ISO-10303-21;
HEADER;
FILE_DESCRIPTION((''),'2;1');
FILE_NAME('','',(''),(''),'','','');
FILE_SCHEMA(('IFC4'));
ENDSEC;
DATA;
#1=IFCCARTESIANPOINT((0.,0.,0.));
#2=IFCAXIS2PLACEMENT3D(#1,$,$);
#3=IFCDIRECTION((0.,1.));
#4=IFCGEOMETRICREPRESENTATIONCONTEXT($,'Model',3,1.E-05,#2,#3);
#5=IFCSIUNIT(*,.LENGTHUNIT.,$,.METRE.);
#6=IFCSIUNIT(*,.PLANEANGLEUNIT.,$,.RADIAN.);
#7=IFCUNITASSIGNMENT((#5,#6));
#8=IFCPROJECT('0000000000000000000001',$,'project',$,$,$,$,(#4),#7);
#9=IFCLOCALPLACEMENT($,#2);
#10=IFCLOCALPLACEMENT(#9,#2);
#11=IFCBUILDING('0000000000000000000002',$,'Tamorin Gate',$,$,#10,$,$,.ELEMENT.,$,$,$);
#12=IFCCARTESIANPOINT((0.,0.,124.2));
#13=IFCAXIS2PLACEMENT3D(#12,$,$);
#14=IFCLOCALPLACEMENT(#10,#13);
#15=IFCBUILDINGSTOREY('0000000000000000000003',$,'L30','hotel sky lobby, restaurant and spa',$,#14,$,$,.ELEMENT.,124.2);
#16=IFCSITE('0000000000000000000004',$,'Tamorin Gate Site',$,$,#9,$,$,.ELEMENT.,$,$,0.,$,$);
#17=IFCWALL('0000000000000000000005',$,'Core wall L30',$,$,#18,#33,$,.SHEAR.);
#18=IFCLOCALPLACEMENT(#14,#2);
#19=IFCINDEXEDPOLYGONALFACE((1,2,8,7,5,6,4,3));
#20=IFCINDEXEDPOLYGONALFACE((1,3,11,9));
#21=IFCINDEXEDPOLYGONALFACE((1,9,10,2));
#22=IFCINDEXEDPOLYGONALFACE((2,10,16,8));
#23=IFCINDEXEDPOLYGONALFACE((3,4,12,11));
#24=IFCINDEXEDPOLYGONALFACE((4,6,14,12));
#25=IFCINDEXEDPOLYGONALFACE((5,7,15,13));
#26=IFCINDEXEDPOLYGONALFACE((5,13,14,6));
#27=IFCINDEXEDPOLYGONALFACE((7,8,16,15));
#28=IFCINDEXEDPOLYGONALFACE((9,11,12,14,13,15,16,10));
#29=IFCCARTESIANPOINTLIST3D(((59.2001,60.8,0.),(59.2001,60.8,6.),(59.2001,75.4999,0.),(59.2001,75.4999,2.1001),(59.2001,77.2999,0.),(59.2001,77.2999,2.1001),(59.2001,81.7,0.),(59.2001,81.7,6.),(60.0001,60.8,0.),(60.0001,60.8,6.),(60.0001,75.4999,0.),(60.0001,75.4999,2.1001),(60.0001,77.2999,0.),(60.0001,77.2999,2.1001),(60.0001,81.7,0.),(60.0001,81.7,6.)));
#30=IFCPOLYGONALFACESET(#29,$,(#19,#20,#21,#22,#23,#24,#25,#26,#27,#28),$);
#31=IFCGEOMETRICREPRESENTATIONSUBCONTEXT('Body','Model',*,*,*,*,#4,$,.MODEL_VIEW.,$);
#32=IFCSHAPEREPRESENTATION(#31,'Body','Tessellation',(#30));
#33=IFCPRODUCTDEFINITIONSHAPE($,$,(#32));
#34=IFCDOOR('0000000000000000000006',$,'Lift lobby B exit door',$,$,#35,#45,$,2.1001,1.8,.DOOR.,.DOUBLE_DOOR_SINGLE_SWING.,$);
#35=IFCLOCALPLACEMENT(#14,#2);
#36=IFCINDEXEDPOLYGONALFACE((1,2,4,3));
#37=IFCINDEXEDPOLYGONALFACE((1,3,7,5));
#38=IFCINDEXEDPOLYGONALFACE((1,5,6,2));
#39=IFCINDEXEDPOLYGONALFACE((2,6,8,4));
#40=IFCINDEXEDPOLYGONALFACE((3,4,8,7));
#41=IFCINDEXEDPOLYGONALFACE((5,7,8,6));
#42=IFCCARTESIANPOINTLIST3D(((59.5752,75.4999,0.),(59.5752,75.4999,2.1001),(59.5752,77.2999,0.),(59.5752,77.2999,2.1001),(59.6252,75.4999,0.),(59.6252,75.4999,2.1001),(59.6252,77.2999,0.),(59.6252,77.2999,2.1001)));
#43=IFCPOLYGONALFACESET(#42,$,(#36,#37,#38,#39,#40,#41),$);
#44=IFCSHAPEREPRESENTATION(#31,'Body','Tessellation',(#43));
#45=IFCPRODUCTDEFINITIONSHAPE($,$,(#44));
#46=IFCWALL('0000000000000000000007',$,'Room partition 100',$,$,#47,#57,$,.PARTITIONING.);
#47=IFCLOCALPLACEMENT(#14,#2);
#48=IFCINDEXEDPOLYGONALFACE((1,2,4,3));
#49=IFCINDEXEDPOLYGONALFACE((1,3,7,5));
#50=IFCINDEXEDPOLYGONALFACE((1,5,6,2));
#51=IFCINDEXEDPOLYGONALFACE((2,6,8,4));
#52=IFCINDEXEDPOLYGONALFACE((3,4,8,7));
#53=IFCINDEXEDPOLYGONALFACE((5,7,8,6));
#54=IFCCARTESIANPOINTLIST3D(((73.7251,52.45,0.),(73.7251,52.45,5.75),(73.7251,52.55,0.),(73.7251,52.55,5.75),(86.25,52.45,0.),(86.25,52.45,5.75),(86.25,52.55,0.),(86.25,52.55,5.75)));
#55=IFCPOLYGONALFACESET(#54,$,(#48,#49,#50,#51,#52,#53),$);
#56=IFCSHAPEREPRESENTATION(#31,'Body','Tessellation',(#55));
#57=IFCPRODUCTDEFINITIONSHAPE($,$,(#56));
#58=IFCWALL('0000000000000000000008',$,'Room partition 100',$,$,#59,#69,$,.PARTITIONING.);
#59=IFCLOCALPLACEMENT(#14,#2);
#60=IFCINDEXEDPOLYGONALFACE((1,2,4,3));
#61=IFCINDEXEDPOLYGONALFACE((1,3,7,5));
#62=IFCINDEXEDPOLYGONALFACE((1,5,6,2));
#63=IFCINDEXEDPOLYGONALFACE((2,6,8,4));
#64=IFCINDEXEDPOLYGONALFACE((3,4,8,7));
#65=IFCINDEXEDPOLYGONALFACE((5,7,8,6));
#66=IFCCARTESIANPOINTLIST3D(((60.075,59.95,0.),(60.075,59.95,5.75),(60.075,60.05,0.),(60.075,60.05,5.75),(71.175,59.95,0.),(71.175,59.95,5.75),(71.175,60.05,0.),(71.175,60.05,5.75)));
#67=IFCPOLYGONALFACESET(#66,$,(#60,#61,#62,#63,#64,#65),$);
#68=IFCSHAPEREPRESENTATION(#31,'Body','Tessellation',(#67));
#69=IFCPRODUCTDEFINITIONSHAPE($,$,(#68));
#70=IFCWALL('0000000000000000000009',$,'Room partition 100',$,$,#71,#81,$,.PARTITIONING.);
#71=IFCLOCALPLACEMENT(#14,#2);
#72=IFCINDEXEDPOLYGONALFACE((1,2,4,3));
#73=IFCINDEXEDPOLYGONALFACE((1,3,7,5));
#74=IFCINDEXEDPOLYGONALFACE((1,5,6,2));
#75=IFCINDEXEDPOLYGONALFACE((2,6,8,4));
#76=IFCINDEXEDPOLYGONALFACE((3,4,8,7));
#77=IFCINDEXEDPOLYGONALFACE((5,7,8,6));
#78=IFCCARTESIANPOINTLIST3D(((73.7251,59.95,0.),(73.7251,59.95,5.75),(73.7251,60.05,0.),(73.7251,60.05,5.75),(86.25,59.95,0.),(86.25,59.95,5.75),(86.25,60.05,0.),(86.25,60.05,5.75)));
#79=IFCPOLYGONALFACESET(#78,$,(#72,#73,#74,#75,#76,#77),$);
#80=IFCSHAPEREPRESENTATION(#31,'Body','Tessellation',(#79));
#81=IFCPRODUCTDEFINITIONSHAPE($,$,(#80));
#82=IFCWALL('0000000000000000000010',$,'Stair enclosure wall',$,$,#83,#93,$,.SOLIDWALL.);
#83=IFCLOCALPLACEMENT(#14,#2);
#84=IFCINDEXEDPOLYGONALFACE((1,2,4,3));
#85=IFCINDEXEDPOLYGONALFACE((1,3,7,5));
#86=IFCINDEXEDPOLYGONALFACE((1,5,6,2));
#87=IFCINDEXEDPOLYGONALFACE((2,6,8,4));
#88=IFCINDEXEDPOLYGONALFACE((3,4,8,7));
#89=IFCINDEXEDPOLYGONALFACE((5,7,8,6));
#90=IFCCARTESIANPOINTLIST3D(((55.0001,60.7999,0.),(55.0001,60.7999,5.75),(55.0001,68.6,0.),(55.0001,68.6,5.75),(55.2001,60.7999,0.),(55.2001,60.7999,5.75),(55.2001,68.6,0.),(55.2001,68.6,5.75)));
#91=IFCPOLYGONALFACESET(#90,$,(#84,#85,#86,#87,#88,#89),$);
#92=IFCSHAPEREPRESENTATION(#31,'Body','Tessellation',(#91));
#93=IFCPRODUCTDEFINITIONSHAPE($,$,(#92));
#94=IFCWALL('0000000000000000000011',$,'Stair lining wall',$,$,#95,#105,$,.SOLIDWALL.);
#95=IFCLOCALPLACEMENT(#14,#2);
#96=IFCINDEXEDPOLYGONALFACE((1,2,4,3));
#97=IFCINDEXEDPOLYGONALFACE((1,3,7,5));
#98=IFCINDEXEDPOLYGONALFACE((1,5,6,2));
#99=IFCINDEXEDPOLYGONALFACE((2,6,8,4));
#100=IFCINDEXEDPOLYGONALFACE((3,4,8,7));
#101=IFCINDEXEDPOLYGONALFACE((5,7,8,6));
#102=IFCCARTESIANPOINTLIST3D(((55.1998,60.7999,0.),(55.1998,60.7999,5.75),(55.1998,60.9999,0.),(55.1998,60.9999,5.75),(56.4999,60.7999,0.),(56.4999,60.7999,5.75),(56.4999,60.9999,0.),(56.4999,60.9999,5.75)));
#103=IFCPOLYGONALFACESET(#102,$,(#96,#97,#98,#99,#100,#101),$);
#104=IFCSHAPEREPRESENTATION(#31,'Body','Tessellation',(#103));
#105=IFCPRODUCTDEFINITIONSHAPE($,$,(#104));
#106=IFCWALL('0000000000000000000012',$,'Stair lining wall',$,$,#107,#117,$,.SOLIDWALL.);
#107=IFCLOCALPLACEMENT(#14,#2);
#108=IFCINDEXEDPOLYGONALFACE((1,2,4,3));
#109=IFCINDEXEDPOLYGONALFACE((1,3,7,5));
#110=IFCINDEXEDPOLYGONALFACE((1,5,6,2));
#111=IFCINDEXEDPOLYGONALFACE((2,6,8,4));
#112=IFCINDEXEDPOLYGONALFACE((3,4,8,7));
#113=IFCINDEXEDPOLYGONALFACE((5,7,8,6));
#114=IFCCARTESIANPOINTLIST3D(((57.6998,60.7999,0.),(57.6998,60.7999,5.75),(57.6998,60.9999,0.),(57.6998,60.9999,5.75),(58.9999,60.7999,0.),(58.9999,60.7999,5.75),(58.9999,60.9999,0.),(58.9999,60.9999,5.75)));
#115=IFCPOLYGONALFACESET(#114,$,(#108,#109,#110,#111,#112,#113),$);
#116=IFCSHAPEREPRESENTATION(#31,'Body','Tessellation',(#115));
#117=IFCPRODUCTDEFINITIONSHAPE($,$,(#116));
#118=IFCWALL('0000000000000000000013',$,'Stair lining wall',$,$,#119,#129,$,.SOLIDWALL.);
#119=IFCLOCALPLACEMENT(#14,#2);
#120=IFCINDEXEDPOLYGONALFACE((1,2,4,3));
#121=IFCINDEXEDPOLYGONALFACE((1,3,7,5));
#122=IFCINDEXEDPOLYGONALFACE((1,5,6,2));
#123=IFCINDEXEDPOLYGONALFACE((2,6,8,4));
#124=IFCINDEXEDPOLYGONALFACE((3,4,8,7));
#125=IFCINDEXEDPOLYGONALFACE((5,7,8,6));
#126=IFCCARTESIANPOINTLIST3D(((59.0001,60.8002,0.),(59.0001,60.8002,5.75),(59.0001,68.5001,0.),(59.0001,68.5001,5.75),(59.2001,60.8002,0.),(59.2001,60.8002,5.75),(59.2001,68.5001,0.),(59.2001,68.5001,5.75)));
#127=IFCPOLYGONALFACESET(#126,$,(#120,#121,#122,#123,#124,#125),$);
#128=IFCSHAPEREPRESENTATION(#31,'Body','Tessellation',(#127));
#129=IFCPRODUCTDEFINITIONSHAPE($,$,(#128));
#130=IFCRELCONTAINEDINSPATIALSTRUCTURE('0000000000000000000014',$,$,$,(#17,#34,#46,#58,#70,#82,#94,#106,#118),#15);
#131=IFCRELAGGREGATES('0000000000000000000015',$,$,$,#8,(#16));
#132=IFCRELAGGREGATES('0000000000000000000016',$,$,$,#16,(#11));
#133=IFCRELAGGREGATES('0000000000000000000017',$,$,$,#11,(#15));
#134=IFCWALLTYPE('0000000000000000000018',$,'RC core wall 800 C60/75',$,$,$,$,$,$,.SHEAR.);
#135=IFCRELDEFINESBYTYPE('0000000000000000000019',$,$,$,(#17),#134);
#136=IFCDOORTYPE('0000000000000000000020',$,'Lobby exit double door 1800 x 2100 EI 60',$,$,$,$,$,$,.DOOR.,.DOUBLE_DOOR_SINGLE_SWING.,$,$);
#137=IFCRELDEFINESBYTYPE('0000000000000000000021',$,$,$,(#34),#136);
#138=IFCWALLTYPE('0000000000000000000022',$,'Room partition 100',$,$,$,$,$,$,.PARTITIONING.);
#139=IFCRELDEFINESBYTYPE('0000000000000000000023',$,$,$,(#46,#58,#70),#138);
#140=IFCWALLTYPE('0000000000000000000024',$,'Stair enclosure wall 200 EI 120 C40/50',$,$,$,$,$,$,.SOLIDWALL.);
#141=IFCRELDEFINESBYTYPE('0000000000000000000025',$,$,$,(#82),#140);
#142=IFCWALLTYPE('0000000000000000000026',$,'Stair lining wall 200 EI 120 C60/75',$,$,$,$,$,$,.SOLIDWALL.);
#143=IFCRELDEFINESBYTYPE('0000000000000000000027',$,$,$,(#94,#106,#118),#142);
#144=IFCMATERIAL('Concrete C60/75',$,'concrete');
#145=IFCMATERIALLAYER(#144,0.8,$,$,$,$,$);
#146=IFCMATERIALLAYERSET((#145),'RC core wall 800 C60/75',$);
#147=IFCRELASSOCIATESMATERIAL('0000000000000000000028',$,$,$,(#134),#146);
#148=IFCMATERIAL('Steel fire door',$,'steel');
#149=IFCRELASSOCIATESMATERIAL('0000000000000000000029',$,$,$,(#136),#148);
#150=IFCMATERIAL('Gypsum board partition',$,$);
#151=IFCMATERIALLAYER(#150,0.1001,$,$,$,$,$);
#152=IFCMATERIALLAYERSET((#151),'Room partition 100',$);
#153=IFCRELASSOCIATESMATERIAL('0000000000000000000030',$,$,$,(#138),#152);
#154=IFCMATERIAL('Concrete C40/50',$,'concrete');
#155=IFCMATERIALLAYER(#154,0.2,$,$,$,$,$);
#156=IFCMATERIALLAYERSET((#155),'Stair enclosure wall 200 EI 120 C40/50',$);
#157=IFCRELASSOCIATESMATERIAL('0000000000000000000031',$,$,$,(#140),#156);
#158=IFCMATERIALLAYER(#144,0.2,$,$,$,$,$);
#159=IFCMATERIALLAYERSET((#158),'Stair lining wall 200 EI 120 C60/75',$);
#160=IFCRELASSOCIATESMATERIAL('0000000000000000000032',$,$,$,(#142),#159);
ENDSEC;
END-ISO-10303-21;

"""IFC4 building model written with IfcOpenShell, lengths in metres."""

from ifc_helpers import new_model, si_unit, direction, frame, frame_2d, origin, place, context, subcontext, project, spatial, rectangle, extrude, material, layer, layer_set, type_object, element, fill, save


model = new_model("IFC4")

# Units and contexts
model_context = context("Model", 3, precision=1e-05, world=origin(), true_north=direction((0.0, 1.0)))
body_context = subcontext(model_context, "Body", "Model", "MODEL_VIEW")
ifc_project = project(units=[si_unit("LENGTHUNIT", "METRE"), si_unit("PLANEANGLEUNIT", "RADIAN")], contexts=[model_context])

# Site, building, storey
site_placement = place(None, origin())
site = spatial("IfcSite", under=ifc_project, at=site_placement, Name="Tamorin Gate Site", CompositionType="ELEMENT", RefElevation=0.0)
building_placement = place(site_placement, origin())
building = spatial("IfcBuilding", under=site, at=building_placement, Name="Tamorin Gate", CompositionType="ELEMENT")
storey_placement = place(building_placement, frame((0.0, 0.0, 124.2)))
storey = spatial("IfcBuildingStorey", under=building, at=storey_placement, Name="L30", Description="hotel sky lobby, restaurant and spa", CompositionType="ELEMENT", Elevation=124.2)

# Shared definitions
ifc_material_1 = material(Name="Gypsum board partition")

# Wall, opening, door
ifc_material_2 = material(Name="Concrete C60/75", Category="concrete")
ifc_layer_1 = layer(ifc_material_2, 0.8)
ifc_layer_set_1 = layer_set([ifc_layer_1], Name="RC core wall 800 C60/75")
wall_type_1 = type_object("IfcWallType", Name="RC core wall 800 C60/75", PredefinedType="SHEAR", material=ifc_layer_set_1)
wall_1_placement = place(storey_placement, frame((59.6001, 60.8, 0.0), z_axis=(0.0, 0.0, 1.0), x_axis=(0.0, 1.0, 0.0)))
wall_1 = element("IfcWall", 1, at=wall_1_placement, inside=storey, type_object=wall_type_1, Name="Core wall L30", PredefinedType="SHEAR", context=body_context, shape_type="SweptSolid", body=[
    extrude(rectangle(XDim=20.8999, YDim=0.8, at=frame_2d((10.45, 0.0))), origin(), (0.0, 0.0, 1.0), 6.0),
])
opening_1_placement = place(wall_1_placement, frame((14.7, 0.0, 0.0)))
opening_1 = element("IfcOpeningElement", 2, at=opening_1_placement, cuts=wall_1, PredefinedType="OPENING", context=body_context, shape_type="SweptSolid", body=[
    extrude(rectangle(XDim=1.8, YDim=2.1001, at=frame_2d((0.8999, 1.05))), frame((0.0, 0.4099, 0.0), z_axis=(0.0, -1.0, 0.0), x_axis=(1.0, 0.0, 0.0)), (0.0, 0.0, 1.0), 0.8201),
])
ifc_material_3 = material(Name="Steel fire door", Category="steel")
door_type_1 = type_object("IfcDoorType", Name="Lobby exit double door 1800 x 2100 EI 60", OperationType="DOUBLE_DOOR_SINGLE_SWING", PredefinedType="DOOR", material=ifc_material_3)
door_1_placement = place(opening_1_placement, origin())
door_1 = element("IfcDoor", 3, at=door_1_placement, inside=storey, type_object=door_type_1, Name="Lift lobby B exit door", OperationType="DOUBLE_DOOR_SINGLE_SWING", OverallHeight=2.1001, OverallWidth=1.8, PredefinedType="DOOR", context=body_context, shape_type="SweptSolid", body=[
    extrude(rectangle(XDim=1.8, YDim=2.1001, at=frame_2d((0.8999, 1.05))), frame((0.0, 0.0249, 0.0), z_axis=(0.0, -1.0, 0.0), x_axis=(1.0, 0.0, 0.0)), (0.0, 0.0, 1.0), 0.05),
])
fill(opening_1, door_1)

# Walls
ifc_layer_2 = layer(ifc_material_1, 0.1001)
ifc_layer_set_2 = layer_set([ifc_layer_2], Name="Room partition 100")
wall_type_2 = type_object("IfcWallType", Name="Room partition 100", PredefinedType="PARTITIONING", material=ifc_layer_set_2)
wall_2_placement = place(storey_placement, frame((73.7251, 52.5, 0.0), z_axis=(0.0, 0.0, 1.0), x_axis=(1.0, 0.0, 0.0)))
element("IfcWall", 4, at=wall_2_placement, inside=storey, type_object=wall_type_2, Name="Room partition 100", PredefinedType="PARTITIONING", context=body_context, shape_type="SweptSolid", body=[
    extrude(rectangle(XDim=12.5249, YDim=0.1001, at=frame_2d((6.2625, 0.0))), origin(), (0.0, 0.0, 1.0), 5.75),
])
wall_3_placement = place(storey_placement, frame((60.075, 60.0, 0.0), z_axis=(0.0, 0.0, 1.0), x_axis=(1.0, 0.0, 0.0)))
element("IfcWall", 5, at=wall_3_placement, inside=storey, type_object=wall_type_2, Name="Room partition 100", PredefinedType="PARTITIONING", context=body_context, shape_type="SweptSolid", body=[
    extrude(rectangle(XDim=11.1001, YDim=0.1001, at=frame_2d((5.55, 0.0))), origin(), (0.0, 0.0, 1.0), 5.75),
])
wall_4_placement = place(storey_placement, frame((73.7251, 60.0, 0.0), z_axis=(0.0, 0.0, 1.0), x_axis=(1.0, 0.0, 0.0)))
element("IfcWall", 6, at=wall_4_placement, inside=storey, type_object=wall_type_2, Name="Room partition 100", PredefinedType="PARTITIONING", context=body_context, shape_type="SweptSolid", body=[
    extrude(rectangle(XDim=12.5249, YDim=0.1001, at=frame_2d((6.2625, 0.0))), origin(), (0.0, 0.0, 1.0), 5.75),
])
ifc_material_4 = material(Name="Concrete C40/50", Category="concrete")
ifc_layer_3 = layer(ifc_material_4, 0.2)
ifc_layer_set_3 = layer_set([ifc_layer_3], Name="Stair enclosure wall 200 EI 120 C40/50")
wall_type_3 = type_object("IfcWallType", Name="Stair enclosure wall 200 EI 120 C40/50", PredefinedType="SOLIDWALL", material=ifc_layer_set_3)
wall_5_placement = place(storey_placement, frame((55.1001, 60.8, 0.0), z_axis=(0.0, 0.0, 1.0), x_axis=(0.0, 1.0, 0.0)))
element("IfcWall", 7, at=wall_5_placement, inside=storey, type_object=wall_type_3, Name="Stair enclosure wall", PredefinedType="SOLIDWALL", context=body_context, shape_type="SweptSolid", body=[
    extrude(rectangle(XDim=7.8, YDim=0.2, at=frame_2d((3.8999, 0.0))), origin(), (0.0, 0.0, 1.0), 5.75),
])
ifc_layer_4 = layer(ifc_material_2, 0.2)
ifc_layer_set_4 = layer_set([ifc_layer_4], Name="Stair lining wall 200 EI 120 C60/75")
wall_type_4 = type_object("IfcWallType", Name="Stair lining wall 200 EI 120 C60/75", PredefinedType="SOLIDWALL", material=ifc_layer_set_4)
for number, where, z_axis, x_axis, name in (
    (8, (55.2, 60.8999, 0.0), (0.0, 0.0, 1.0), (1.0, 0.0, 0.0), "Stair lining wall"),
    (9, (57.7, 60.8999, 0.0), (0.0, 0.0, 1.0), (1.0, 0.0, 0.0), "Stair lining wall"),
):
    element("IfcWall", number, at=place(storey_placement, frame(where, z_axis=z_axis, x_axis=x_axis)), inside=storey, type_object=wall_type_4, Name=name, PredefinedType="SOLIDWALL", context=body_context, shape_type="SweptSolid", body=[
        extrude(rectangle(XDim=1.3, YDim=0.2, at=frame_2d((0.6499, 0.0))), origin(), (0.0, 0.0, 1.0), 5.75),
    ])
wall_6_placement = place(storey_placement, frame((59.1001, 60.8, 0.0), z_axis=(0.0, 0.0, 1.0), x_axis=(0.0, 1.0, 0.0)))
element("IfcWall", 10, at=wall_6_placement, inside=storey, type_object=wall_type_4, Name="Stair lining wall", PredefinedType="SOLIDWALL", context=body_context, shape_type="SweptSolid", body=[
    extrude(rectangle(XDim=7.7, YDim=0.2, at=frame_2d((3.8501, 0.0))), origin(), (0.0, 0.0, 1.0), 5.75),
])

save(model, "model.ifc")
